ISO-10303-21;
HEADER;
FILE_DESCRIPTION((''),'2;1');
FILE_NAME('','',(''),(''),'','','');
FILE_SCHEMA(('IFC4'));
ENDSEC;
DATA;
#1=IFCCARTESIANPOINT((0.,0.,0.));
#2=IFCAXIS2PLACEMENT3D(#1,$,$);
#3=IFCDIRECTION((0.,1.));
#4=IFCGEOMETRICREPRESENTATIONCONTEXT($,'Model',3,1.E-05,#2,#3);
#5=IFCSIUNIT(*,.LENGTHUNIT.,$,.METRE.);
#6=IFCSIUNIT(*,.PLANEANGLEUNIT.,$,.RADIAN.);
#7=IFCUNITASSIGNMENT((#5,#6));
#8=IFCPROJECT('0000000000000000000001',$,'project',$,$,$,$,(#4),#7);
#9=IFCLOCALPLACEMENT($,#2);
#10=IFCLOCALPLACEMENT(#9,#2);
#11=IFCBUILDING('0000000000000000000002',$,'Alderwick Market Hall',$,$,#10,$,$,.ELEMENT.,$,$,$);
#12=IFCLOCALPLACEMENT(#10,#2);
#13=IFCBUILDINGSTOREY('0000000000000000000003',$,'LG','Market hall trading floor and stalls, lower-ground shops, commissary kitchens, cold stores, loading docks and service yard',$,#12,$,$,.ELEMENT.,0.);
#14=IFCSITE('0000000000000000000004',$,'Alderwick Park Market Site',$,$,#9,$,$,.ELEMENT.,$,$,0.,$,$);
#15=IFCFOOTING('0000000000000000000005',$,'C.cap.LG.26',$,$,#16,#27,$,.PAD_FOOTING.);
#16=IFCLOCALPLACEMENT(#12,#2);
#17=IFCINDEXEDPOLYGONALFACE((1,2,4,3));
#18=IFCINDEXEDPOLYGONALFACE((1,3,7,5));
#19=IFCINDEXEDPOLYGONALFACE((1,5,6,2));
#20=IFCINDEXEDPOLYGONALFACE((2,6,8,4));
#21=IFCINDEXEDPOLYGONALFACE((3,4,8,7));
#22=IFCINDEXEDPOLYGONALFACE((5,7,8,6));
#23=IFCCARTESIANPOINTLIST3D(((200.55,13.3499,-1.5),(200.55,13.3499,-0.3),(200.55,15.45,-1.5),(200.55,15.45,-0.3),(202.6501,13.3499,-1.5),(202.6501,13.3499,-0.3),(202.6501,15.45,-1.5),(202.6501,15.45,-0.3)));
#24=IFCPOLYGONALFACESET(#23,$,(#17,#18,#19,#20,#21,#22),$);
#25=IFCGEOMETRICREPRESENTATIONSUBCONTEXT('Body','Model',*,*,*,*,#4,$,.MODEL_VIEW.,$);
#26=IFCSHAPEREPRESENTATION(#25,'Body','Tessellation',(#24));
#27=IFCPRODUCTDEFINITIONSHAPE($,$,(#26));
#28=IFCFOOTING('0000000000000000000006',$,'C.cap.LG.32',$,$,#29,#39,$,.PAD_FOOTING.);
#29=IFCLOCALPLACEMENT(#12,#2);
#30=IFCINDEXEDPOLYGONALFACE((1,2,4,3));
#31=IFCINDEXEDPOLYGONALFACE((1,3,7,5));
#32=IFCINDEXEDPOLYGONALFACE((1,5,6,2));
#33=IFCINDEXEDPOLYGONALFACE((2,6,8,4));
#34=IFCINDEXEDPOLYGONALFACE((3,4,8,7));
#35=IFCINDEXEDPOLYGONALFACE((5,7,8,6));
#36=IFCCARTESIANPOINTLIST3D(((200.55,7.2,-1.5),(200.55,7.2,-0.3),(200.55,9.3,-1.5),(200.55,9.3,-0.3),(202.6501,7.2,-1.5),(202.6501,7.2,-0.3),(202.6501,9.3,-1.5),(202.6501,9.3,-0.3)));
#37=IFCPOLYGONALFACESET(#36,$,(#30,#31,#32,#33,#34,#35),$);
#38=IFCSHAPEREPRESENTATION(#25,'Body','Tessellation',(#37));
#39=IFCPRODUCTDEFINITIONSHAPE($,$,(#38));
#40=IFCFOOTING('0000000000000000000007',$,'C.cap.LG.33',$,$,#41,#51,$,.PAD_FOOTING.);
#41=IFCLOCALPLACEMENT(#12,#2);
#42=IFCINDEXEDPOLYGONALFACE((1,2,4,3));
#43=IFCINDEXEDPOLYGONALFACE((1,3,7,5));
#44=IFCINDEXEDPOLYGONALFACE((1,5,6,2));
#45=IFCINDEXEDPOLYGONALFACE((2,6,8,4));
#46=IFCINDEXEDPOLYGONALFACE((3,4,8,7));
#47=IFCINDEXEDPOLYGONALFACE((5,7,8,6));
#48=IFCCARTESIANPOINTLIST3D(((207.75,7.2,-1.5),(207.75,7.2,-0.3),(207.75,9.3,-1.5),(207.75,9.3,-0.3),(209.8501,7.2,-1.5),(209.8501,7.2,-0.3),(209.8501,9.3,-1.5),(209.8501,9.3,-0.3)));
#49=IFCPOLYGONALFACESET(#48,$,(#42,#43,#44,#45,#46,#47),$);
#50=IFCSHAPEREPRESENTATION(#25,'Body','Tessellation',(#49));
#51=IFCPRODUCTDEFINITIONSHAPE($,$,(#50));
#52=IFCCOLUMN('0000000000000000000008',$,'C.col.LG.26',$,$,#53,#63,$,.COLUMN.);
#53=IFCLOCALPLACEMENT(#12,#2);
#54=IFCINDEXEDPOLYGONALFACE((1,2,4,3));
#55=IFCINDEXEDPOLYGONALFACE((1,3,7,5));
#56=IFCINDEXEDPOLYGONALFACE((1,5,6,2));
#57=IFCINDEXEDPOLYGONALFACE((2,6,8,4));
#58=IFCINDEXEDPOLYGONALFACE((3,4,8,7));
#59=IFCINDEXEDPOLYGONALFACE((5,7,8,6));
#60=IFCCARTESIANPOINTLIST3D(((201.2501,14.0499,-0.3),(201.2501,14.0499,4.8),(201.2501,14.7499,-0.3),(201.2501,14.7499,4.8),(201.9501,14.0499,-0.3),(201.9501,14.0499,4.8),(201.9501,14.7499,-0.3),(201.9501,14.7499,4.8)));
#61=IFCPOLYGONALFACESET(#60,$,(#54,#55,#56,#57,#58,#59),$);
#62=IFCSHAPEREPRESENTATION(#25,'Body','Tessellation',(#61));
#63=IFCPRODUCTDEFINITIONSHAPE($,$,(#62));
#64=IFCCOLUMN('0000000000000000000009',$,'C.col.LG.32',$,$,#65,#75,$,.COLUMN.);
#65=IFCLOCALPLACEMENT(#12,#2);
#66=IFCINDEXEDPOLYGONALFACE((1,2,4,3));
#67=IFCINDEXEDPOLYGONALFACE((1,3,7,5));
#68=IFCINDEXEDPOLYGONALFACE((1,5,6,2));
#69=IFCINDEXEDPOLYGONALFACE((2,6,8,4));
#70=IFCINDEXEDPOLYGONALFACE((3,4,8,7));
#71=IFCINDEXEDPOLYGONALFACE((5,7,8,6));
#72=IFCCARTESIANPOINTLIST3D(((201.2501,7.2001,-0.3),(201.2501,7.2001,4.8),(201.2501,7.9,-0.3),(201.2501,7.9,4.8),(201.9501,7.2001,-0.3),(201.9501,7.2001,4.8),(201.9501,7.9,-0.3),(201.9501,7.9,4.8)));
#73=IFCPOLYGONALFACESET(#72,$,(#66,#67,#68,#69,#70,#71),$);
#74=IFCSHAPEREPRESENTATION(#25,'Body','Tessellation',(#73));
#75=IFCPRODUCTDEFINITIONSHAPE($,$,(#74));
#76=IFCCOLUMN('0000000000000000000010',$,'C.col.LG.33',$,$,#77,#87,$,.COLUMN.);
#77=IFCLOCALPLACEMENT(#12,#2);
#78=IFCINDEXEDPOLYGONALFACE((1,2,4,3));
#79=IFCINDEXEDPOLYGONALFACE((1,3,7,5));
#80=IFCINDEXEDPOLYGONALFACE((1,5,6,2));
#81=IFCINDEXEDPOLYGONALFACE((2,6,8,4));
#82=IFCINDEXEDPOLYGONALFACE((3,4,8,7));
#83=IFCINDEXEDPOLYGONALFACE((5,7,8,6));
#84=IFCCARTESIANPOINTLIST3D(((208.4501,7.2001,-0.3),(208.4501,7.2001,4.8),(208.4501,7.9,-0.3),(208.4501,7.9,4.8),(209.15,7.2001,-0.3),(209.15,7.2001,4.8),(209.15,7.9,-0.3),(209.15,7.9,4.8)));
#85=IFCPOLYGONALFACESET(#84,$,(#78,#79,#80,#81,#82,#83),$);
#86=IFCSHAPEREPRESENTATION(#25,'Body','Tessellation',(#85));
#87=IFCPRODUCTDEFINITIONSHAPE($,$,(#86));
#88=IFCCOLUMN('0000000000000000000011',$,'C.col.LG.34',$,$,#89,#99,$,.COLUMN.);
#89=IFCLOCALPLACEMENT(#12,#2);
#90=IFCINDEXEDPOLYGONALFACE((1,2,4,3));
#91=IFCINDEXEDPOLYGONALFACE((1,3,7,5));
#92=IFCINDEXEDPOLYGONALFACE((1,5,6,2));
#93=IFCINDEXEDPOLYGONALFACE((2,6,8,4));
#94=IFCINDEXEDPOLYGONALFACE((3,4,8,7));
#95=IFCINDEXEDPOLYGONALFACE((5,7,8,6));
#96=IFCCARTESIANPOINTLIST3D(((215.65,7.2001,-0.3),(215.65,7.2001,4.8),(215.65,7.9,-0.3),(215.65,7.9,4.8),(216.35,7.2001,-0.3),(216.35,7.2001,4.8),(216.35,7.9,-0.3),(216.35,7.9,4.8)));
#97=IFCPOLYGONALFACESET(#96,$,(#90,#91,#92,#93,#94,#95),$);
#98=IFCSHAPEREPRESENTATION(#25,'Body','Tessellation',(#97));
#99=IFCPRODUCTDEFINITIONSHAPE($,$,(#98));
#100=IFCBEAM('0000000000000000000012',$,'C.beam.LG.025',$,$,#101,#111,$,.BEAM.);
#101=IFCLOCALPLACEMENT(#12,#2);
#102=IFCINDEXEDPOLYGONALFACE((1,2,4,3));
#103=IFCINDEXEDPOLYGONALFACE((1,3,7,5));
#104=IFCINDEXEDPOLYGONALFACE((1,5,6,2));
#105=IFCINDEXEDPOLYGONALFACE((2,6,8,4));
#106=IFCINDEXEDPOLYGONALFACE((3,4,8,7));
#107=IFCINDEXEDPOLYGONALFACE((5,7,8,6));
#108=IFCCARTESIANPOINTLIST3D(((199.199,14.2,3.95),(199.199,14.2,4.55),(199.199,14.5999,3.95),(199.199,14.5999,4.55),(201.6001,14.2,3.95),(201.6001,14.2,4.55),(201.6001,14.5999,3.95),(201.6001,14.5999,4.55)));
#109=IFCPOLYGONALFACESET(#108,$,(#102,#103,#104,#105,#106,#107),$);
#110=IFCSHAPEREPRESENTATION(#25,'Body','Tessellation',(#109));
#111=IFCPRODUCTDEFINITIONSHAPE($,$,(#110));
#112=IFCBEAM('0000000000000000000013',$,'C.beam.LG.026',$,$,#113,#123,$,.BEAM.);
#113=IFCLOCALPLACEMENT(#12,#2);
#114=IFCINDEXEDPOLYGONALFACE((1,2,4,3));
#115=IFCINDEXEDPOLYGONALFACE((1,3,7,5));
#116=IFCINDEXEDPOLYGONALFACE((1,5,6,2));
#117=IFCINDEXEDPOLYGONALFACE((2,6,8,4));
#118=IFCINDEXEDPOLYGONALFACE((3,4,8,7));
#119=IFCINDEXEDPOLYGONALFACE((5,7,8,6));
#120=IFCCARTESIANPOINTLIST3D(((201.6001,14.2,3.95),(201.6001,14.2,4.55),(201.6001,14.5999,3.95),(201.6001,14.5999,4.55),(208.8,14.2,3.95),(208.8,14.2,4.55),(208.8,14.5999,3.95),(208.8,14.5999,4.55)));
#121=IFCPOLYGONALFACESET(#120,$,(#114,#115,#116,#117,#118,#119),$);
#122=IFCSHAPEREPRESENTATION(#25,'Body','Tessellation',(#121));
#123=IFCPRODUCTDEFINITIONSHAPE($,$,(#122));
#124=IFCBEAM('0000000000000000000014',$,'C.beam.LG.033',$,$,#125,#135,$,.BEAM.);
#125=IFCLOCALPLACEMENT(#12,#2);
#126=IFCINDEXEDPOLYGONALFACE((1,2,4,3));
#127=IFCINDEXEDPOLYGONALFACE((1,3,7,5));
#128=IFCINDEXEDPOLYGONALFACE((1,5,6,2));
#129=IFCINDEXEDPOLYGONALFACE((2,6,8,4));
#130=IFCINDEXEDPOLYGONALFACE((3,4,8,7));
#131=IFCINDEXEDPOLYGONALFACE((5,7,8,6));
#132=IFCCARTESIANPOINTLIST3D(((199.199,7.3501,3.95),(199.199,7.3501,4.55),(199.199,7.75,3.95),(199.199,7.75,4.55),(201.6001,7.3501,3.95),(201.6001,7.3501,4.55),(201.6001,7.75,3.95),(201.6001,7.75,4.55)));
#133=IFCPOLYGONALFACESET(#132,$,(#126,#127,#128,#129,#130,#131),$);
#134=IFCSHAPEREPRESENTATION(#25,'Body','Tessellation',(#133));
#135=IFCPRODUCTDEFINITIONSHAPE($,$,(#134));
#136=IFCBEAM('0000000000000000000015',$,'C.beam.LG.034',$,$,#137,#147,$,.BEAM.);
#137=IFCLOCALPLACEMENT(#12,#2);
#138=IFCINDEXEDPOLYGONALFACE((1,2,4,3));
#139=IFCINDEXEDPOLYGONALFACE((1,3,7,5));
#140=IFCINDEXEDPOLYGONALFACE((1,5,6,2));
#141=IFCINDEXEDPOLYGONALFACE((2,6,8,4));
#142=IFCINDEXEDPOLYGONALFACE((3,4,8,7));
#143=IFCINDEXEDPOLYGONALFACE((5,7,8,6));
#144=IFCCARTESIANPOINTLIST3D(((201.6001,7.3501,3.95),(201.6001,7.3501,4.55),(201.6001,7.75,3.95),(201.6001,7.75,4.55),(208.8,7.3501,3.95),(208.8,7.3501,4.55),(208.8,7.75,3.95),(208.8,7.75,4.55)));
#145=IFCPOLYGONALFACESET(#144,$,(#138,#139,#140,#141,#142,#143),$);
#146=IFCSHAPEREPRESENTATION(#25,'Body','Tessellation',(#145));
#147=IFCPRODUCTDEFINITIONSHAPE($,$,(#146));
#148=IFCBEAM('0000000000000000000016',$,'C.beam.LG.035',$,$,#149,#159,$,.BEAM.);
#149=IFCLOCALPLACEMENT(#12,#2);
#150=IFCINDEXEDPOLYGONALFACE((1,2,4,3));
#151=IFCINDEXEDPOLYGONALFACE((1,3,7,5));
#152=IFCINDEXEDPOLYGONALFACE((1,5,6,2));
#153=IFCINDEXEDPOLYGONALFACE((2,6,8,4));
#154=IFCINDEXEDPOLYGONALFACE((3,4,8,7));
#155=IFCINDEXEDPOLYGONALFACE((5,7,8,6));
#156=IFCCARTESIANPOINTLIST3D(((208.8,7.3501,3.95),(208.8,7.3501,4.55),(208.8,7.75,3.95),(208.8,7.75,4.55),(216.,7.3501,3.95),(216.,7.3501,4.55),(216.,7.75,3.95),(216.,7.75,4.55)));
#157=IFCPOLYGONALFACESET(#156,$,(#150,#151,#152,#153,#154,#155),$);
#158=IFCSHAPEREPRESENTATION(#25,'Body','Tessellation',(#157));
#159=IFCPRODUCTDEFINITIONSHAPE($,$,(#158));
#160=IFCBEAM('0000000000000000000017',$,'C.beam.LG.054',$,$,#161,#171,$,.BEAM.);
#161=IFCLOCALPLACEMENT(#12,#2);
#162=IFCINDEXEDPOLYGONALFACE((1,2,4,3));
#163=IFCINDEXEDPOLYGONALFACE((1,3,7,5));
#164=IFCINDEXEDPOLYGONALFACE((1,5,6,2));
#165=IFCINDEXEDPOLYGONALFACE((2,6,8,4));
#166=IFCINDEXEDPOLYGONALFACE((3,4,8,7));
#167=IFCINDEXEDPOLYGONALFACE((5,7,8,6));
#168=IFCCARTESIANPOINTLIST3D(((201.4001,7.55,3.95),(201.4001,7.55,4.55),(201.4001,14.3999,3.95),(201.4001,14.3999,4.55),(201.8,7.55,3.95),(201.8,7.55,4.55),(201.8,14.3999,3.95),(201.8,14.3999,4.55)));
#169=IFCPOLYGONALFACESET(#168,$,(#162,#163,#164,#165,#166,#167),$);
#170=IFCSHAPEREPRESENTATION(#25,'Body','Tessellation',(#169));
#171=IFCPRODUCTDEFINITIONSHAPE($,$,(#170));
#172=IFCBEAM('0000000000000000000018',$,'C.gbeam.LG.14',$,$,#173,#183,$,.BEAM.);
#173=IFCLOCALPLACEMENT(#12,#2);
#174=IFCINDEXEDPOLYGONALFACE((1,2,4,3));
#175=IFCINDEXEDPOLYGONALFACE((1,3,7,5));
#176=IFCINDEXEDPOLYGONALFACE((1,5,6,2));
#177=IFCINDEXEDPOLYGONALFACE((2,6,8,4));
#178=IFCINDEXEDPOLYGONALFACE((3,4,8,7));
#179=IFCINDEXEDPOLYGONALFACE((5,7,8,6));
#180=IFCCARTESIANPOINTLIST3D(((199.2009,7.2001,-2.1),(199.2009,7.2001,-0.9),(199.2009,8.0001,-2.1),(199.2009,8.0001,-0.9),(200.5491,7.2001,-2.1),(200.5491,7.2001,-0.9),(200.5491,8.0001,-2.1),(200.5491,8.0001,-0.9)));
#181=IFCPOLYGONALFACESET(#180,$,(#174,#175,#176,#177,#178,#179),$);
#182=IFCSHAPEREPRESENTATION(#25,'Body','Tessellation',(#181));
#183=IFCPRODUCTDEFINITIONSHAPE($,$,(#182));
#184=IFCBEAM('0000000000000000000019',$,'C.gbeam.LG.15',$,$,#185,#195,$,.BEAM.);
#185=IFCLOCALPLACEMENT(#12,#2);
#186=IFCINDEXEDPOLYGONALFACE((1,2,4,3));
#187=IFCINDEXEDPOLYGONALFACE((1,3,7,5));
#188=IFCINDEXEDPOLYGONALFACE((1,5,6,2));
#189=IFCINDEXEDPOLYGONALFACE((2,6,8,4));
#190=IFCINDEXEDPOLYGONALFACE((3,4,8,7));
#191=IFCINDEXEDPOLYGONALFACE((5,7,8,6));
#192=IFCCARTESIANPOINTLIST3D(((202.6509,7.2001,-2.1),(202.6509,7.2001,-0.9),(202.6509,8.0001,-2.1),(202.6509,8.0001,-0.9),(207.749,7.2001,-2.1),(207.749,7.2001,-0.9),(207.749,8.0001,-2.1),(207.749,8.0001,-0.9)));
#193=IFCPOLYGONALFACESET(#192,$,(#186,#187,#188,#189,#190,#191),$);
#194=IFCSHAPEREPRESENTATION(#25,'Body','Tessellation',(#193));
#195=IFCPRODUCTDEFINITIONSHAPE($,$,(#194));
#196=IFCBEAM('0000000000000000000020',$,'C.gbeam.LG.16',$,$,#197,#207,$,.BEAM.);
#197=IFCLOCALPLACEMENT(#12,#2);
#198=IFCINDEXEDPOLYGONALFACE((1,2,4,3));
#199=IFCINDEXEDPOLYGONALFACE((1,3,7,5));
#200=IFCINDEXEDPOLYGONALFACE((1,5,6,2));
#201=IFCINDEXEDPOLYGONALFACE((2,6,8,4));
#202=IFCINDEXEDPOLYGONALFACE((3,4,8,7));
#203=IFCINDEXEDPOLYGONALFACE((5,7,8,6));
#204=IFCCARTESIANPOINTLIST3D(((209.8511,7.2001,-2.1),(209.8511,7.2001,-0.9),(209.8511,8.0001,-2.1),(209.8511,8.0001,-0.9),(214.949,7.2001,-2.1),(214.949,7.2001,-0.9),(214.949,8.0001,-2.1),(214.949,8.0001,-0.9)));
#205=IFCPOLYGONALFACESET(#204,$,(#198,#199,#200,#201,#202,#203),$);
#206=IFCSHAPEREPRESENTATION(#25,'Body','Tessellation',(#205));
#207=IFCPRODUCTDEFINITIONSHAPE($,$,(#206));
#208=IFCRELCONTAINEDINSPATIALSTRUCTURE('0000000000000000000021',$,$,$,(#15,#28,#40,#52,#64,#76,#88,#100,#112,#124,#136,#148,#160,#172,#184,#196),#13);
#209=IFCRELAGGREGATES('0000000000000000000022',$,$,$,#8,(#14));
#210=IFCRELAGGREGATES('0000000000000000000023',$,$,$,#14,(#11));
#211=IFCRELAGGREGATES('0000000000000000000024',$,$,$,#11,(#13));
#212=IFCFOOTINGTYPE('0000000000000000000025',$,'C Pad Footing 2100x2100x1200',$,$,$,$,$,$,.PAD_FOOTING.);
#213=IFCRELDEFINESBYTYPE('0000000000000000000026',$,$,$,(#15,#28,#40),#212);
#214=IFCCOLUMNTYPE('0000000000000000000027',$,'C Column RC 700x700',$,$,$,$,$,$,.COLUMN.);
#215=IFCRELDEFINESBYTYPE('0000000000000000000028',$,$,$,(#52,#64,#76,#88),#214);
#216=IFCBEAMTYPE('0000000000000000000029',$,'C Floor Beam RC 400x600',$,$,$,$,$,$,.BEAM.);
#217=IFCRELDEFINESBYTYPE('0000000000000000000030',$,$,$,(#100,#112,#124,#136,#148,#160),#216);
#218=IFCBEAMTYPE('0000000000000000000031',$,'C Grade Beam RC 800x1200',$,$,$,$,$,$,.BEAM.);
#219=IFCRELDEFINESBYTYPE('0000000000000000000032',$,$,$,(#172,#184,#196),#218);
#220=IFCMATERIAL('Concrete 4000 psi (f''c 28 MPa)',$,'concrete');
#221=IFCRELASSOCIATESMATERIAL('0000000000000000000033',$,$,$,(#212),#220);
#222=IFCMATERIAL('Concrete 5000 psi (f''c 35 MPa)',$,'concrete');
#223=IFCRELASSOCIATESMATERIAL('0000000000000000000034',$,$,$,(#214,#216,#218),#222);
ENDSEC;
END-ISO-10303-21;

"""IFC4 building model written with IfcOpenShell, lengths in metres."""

from ifc_helpers import new_model, si_unit, direction, frame, origin, origin_2d, place, context, subcontext, project, spatial, rectangle, extrude, material, material_profile, profile_set, type_object, element, save


model = new_model("IFC4")

# Units and contexts
model_context = context("Model", 3, precision=1e-05, world=origin(), true_north=direction((0.0, 1.0)))
body_context = subcontext(model_context, "Body", "Model", "MODEL_VIEW")
ifc_project = project(units=[si_unit("LENGTHUNIT", "METRE"), si_unit("PLANEANGLEUNIT", "RADIAN")], contexts=[model_context])

# Site, building, storey
site_placement = place(None, origin())
site = spatial("IfcSite", under=ifc_project, at=site_placement, Name="Alderwick Park Market Site", CompositionType="ELEMENT", RefElevation=0.0)
building_placement = place(site_placement, origin())
building = spatial("IfcBuilding", under=site, at=building_placement, Name="Alderwick Market Hall", CompositionType="ELEMENT")
storey_placement = place(building_placement, origin())
storey = spatial("IfcBuildingStorey", under=building, at=storey_placement, Name="LG", Description="Market hall trading floor and stalls, lower-ground shops, commissary kitchens, cold stores, loading docks and service yard", CompositionType="ELEMENT", Elevation=0.0)

# Footings
ifc_material_1 = material(Name="Concrete 4000 psi (f'c 28 MPa)", Category="concrete")
footing_type = type_object("IfcFootingType", Name="C Pad Footing 2100x2100x1200", PredefinedType="PAD_FOOTING", material=ifc_material_1)
for number, where, z_axis, x_axis, name in (
    (1, (201.6001, 14.3999, -1.5), (0.0, 0.0, 1.0), (1.0, 0.0, 0.0), "C.cap.LG.26"),
    (2, (201.6001, 8.25, -1.5), (0.0, 0.0, 1.0), (1.0, 0.0, 0.0), "C.cap.LG.32"),
    (3, (208.8, 8.25, -1.5), (0.0, 0.0, 1.0), (1.0, 0.0, 0.0), "C.cap.LG.33"),
):
    element("IfcFooting", number, at=place(storey_placement, frame(where, z_axis=z_axis, x_axis=x_axis)), inside=storey, type_object=footing_type, Name=name, PredefinedType="PAD_FOOTING", context=body_context, shape_type="SweptSolid", body=[
        extrude(rectangle(XDim=2.1001, YDim=2.1001, at=origin_2d()), origin(), (0.0, 0.0, 1.0), 1.2),
    ])

# Columns
ifc_material_2 = material(Name="Concrete 5000 psi (f'c 35 MPa)", Category="concrete")
ifc_material_profile_1 = material_profile(ifc_material_2, rectangle(XDim=0.7, YDim=0.7, at=origin_2d()), Name="RC 700x700")
ifc_profile_set_1 = profile_set([ifc_material_profile_1], Name="Concrete 5000 psi (f'c 35 MPa)")
column_type = type_object("IfcColumnType", Name="C Column RC 700x700", PredefinedType="COLUMN", material=ifc_profile_set_1)
for number, where, z_axis, x_axis, name in (
    (4, (201.6001, 14.3999, -0.3), (0.0, 0.0, 1.0), (1.0, 0.0, 0.0), "C.col.LG.26"),
    (5, (201.6001, 7.55, -0.3), (0.0, 0.0, 1.0), (1.0, 0.0, 0.0), "C.col.LG.32"),
    (6, (208.8, 7.55, -0.3), (0.0, 0.0, 1.0), (1.0, 0.0, 0.0), "C.col.LG.33"),
    (7, (216.0, 7.55, -0.3), (0.0, 0.0, 1.0), (1.0, 0.0, 0.0), "C.col.LG.34"),
):
    element("IfcColumn", number, at=place(storey_placement, frame(where, z_axis=z_axis, x_axis=x_axis)), inside=storey, type_object=column_type, Name=name, PredefinedType="COLUMN", context=body_context, shape_type="SweptSolid", body=[
        extrude(rectangle(XDim=0.7, YDim=0.7, at=origin_2d()), origin(), (0.0, 0.0, 1.0), 5.1001),
    ])

# Beams
ifc_material_profile_2 = material_profile(ifc_material_2, rectangle(XDim=0.3999, YDim=0.6001, at=origin_2d()), Name="RC 400x600")
ifc_profile_set_2 = profile_set([ifc_material_profile_2], Name="Concrete 5000 psi (f'c 35 MPa)")
beam_type_1 = type_object("IfcBeamType", Name="C Floor Beam RC 400x600", PredefinedType="BEAM", material=ifc_profile_set_2)
beam_1_placement = place(storey_placement, frame((199.199, 14.3999, 4.25), z_axis=(1.0, 0.0, 0.0), x_axis=(0.0, 1.0, 0.0)))
element("IfcBeam", 8, at=beam_1_placement, inside=storey, type_object=beam_type_1, Name="C.beam.LG.025", PredefinedType="BEAM", context=body_context, shape_type="SweptSolid", body=[
    extrude(rectangle(XDim=0.3999, YDim=0.6001, at=origin_2d()), origin(), (0.0, 0.0, 1.0), 2.4011),
])
beam_2_placement = place(storey_placement, frame((201.6001, 14.3999, 4.25), z_axis=(1.0, 0.0, 0.0), x_axis=(0.0, 1.0, 0.0)))
element("IfcBeam", 9, at=beam_2_placement, inside=storey, type_object=beam_type_1, Name="C.beam.LG.026", PredefinedType="BEAM", context=body_context, shape_type="SweptSolid", body=[
    extrude(rectangle(XDim=0.3999, YDim=0.6001, at=origin_2d()), origin(), (0.0, 0.0, 1.0), 7.2),
])
beam_3_placement = place(storey_placement, frame((199.199, 7.55, 4.25), z_axis=(1.0, 0.0, 0.0), x_axis=(0.0, 1.0, 0.0)))
element("IfcBeam", 10, at=beam_3_placement, inside=storey, type_object=beam_type_1, Name="C.beam.LG.033", PredefinedType="BEAM", context=body_context, shape_type="SweptSolid", body=[
    extrude(rectangle(XDim=0.3999, YDim=0.6001, at=origin_2d()), origin(), (0.0, 0.0, 1.0), 2.4011),
])
for number, where, z_axis, x_axis, name in (
    (11, (201.6001, 7.55, 4.25), (1.0, 0.0, 0.0), (0.0, 1.0, 0.0), "C.beam.LG.034"),
    (12, (208.8, 7.55, 4.25), (1.0, 0.0, 0.0), (0.0, 1.0, 0.0), "C.beam.LG.035"),
):
    element("IfcBeam", number, at=place(storey_placement, frame(where, z_axis=z_axis, x_axis=x_axis)), inside=storey, type_object=beam_type_1, Name=name, PredefinedType="BEAM", context=body_context, shape_type="SweptSolid", body=[
        extrude(rectangle(XDim=0.3999, YDim=0.6001, at=origin_2d()), origin(), (0.0, 0.0, 1.0), 7.2),
    ])
beam_4_placement = place(storey_placement, frame((201.6001, 14.3999, 4.25), z_axis=(0.0, -1.0, 0.0), x_axis=(1.0, 0.0, 0.0)))
element("IfcBeam", 13, at=beam_4_placement, inside=storey, type_object=beam_type_1, Name="C.beam.LG.054", PredefinedType="BEAM", context=body_context, shape_type="SweptSolid", body=[
    extrude(rectangle(XDim=0.3999, YDim=0.6001, at=origin_2d()), origin(), (0.0, 0.0, 1.0), 6.8499),
])
ifc_material_profile_3 = material_profile(ifc_material_2, rectangle(XDim=0.8, YDim=1.2, at=origin_2d()), Name="RC 800x1200")
ifc_profile_set_3 = profile_set([ifc_material_profile_3], Name="Concrete 5000 psi (f'c 35 MPa)")
beam_type_2 = type_object("IfcBeamType", Name="C Grade Beam RC 800x1200", PredefinedType="BEAM", material=ifc_profile_set_3)
beam_5_placement = place(storey_placement, frame((199.2009, 7.6001, -1.5), z_axis=(1.0, 0.0, 0.0), x_axis=(0.0, 1.0, 0.0)))
element("IfcBeam", 14, at=beam_5_placement, inside=storey, type_object=beam_type_2, Name="C.gbeam.LG.14", PredefinedType="BEAM", context=body_context, shape_type="SweptSolid", body=[
    extrude(rectangle(XDim=0.8, YDim=1.2, at=origin_2d()), origin(), (0.0, 0.0, 1.0), 1.3481),
])
beam_6_placement = place(storey_placement, frame((202.6509, 7.6001, -1.5), z_axis=(1.0, 0.0, 0.0), x_axis=(0.0, 1.0, 0.0)))
element("IfcBeam", 15, at=beam_6_placement, inside=storey, type_object=beam_type_2, Name="C.gbeam.LG.15", PredefinedType="BEAM", context=body_context, shape_type="SweptSolid", body=[
    extrude(rectangle(XDim=0.8, YDim=1.2, at=origin_2d()), origin(), (0.0, 0.0, 1.0), 5.0981),
])
beam_7_placement = place(storey_placement, frame((209.8511, 7.6001, -1.5), z_axis=(1.0, 0.0, 0.0), x_axis=(0.0, 1.0, 0.0)))
element("IfcBeam", 16, at=beam_7_placement, inside=storey, type_object=beam_type_2, Name="C.gbeam.LG.16", PredefinedType="BEAM", context=body_context, shape_type="SweptSolid", body=[
    extrude(rectangle(XDim=0.8, YDim=1.2, at=origin_2d()), origin(), (0.0, 0.0, 1.0), 5.0979),
])

save(model, "model.ifc")
